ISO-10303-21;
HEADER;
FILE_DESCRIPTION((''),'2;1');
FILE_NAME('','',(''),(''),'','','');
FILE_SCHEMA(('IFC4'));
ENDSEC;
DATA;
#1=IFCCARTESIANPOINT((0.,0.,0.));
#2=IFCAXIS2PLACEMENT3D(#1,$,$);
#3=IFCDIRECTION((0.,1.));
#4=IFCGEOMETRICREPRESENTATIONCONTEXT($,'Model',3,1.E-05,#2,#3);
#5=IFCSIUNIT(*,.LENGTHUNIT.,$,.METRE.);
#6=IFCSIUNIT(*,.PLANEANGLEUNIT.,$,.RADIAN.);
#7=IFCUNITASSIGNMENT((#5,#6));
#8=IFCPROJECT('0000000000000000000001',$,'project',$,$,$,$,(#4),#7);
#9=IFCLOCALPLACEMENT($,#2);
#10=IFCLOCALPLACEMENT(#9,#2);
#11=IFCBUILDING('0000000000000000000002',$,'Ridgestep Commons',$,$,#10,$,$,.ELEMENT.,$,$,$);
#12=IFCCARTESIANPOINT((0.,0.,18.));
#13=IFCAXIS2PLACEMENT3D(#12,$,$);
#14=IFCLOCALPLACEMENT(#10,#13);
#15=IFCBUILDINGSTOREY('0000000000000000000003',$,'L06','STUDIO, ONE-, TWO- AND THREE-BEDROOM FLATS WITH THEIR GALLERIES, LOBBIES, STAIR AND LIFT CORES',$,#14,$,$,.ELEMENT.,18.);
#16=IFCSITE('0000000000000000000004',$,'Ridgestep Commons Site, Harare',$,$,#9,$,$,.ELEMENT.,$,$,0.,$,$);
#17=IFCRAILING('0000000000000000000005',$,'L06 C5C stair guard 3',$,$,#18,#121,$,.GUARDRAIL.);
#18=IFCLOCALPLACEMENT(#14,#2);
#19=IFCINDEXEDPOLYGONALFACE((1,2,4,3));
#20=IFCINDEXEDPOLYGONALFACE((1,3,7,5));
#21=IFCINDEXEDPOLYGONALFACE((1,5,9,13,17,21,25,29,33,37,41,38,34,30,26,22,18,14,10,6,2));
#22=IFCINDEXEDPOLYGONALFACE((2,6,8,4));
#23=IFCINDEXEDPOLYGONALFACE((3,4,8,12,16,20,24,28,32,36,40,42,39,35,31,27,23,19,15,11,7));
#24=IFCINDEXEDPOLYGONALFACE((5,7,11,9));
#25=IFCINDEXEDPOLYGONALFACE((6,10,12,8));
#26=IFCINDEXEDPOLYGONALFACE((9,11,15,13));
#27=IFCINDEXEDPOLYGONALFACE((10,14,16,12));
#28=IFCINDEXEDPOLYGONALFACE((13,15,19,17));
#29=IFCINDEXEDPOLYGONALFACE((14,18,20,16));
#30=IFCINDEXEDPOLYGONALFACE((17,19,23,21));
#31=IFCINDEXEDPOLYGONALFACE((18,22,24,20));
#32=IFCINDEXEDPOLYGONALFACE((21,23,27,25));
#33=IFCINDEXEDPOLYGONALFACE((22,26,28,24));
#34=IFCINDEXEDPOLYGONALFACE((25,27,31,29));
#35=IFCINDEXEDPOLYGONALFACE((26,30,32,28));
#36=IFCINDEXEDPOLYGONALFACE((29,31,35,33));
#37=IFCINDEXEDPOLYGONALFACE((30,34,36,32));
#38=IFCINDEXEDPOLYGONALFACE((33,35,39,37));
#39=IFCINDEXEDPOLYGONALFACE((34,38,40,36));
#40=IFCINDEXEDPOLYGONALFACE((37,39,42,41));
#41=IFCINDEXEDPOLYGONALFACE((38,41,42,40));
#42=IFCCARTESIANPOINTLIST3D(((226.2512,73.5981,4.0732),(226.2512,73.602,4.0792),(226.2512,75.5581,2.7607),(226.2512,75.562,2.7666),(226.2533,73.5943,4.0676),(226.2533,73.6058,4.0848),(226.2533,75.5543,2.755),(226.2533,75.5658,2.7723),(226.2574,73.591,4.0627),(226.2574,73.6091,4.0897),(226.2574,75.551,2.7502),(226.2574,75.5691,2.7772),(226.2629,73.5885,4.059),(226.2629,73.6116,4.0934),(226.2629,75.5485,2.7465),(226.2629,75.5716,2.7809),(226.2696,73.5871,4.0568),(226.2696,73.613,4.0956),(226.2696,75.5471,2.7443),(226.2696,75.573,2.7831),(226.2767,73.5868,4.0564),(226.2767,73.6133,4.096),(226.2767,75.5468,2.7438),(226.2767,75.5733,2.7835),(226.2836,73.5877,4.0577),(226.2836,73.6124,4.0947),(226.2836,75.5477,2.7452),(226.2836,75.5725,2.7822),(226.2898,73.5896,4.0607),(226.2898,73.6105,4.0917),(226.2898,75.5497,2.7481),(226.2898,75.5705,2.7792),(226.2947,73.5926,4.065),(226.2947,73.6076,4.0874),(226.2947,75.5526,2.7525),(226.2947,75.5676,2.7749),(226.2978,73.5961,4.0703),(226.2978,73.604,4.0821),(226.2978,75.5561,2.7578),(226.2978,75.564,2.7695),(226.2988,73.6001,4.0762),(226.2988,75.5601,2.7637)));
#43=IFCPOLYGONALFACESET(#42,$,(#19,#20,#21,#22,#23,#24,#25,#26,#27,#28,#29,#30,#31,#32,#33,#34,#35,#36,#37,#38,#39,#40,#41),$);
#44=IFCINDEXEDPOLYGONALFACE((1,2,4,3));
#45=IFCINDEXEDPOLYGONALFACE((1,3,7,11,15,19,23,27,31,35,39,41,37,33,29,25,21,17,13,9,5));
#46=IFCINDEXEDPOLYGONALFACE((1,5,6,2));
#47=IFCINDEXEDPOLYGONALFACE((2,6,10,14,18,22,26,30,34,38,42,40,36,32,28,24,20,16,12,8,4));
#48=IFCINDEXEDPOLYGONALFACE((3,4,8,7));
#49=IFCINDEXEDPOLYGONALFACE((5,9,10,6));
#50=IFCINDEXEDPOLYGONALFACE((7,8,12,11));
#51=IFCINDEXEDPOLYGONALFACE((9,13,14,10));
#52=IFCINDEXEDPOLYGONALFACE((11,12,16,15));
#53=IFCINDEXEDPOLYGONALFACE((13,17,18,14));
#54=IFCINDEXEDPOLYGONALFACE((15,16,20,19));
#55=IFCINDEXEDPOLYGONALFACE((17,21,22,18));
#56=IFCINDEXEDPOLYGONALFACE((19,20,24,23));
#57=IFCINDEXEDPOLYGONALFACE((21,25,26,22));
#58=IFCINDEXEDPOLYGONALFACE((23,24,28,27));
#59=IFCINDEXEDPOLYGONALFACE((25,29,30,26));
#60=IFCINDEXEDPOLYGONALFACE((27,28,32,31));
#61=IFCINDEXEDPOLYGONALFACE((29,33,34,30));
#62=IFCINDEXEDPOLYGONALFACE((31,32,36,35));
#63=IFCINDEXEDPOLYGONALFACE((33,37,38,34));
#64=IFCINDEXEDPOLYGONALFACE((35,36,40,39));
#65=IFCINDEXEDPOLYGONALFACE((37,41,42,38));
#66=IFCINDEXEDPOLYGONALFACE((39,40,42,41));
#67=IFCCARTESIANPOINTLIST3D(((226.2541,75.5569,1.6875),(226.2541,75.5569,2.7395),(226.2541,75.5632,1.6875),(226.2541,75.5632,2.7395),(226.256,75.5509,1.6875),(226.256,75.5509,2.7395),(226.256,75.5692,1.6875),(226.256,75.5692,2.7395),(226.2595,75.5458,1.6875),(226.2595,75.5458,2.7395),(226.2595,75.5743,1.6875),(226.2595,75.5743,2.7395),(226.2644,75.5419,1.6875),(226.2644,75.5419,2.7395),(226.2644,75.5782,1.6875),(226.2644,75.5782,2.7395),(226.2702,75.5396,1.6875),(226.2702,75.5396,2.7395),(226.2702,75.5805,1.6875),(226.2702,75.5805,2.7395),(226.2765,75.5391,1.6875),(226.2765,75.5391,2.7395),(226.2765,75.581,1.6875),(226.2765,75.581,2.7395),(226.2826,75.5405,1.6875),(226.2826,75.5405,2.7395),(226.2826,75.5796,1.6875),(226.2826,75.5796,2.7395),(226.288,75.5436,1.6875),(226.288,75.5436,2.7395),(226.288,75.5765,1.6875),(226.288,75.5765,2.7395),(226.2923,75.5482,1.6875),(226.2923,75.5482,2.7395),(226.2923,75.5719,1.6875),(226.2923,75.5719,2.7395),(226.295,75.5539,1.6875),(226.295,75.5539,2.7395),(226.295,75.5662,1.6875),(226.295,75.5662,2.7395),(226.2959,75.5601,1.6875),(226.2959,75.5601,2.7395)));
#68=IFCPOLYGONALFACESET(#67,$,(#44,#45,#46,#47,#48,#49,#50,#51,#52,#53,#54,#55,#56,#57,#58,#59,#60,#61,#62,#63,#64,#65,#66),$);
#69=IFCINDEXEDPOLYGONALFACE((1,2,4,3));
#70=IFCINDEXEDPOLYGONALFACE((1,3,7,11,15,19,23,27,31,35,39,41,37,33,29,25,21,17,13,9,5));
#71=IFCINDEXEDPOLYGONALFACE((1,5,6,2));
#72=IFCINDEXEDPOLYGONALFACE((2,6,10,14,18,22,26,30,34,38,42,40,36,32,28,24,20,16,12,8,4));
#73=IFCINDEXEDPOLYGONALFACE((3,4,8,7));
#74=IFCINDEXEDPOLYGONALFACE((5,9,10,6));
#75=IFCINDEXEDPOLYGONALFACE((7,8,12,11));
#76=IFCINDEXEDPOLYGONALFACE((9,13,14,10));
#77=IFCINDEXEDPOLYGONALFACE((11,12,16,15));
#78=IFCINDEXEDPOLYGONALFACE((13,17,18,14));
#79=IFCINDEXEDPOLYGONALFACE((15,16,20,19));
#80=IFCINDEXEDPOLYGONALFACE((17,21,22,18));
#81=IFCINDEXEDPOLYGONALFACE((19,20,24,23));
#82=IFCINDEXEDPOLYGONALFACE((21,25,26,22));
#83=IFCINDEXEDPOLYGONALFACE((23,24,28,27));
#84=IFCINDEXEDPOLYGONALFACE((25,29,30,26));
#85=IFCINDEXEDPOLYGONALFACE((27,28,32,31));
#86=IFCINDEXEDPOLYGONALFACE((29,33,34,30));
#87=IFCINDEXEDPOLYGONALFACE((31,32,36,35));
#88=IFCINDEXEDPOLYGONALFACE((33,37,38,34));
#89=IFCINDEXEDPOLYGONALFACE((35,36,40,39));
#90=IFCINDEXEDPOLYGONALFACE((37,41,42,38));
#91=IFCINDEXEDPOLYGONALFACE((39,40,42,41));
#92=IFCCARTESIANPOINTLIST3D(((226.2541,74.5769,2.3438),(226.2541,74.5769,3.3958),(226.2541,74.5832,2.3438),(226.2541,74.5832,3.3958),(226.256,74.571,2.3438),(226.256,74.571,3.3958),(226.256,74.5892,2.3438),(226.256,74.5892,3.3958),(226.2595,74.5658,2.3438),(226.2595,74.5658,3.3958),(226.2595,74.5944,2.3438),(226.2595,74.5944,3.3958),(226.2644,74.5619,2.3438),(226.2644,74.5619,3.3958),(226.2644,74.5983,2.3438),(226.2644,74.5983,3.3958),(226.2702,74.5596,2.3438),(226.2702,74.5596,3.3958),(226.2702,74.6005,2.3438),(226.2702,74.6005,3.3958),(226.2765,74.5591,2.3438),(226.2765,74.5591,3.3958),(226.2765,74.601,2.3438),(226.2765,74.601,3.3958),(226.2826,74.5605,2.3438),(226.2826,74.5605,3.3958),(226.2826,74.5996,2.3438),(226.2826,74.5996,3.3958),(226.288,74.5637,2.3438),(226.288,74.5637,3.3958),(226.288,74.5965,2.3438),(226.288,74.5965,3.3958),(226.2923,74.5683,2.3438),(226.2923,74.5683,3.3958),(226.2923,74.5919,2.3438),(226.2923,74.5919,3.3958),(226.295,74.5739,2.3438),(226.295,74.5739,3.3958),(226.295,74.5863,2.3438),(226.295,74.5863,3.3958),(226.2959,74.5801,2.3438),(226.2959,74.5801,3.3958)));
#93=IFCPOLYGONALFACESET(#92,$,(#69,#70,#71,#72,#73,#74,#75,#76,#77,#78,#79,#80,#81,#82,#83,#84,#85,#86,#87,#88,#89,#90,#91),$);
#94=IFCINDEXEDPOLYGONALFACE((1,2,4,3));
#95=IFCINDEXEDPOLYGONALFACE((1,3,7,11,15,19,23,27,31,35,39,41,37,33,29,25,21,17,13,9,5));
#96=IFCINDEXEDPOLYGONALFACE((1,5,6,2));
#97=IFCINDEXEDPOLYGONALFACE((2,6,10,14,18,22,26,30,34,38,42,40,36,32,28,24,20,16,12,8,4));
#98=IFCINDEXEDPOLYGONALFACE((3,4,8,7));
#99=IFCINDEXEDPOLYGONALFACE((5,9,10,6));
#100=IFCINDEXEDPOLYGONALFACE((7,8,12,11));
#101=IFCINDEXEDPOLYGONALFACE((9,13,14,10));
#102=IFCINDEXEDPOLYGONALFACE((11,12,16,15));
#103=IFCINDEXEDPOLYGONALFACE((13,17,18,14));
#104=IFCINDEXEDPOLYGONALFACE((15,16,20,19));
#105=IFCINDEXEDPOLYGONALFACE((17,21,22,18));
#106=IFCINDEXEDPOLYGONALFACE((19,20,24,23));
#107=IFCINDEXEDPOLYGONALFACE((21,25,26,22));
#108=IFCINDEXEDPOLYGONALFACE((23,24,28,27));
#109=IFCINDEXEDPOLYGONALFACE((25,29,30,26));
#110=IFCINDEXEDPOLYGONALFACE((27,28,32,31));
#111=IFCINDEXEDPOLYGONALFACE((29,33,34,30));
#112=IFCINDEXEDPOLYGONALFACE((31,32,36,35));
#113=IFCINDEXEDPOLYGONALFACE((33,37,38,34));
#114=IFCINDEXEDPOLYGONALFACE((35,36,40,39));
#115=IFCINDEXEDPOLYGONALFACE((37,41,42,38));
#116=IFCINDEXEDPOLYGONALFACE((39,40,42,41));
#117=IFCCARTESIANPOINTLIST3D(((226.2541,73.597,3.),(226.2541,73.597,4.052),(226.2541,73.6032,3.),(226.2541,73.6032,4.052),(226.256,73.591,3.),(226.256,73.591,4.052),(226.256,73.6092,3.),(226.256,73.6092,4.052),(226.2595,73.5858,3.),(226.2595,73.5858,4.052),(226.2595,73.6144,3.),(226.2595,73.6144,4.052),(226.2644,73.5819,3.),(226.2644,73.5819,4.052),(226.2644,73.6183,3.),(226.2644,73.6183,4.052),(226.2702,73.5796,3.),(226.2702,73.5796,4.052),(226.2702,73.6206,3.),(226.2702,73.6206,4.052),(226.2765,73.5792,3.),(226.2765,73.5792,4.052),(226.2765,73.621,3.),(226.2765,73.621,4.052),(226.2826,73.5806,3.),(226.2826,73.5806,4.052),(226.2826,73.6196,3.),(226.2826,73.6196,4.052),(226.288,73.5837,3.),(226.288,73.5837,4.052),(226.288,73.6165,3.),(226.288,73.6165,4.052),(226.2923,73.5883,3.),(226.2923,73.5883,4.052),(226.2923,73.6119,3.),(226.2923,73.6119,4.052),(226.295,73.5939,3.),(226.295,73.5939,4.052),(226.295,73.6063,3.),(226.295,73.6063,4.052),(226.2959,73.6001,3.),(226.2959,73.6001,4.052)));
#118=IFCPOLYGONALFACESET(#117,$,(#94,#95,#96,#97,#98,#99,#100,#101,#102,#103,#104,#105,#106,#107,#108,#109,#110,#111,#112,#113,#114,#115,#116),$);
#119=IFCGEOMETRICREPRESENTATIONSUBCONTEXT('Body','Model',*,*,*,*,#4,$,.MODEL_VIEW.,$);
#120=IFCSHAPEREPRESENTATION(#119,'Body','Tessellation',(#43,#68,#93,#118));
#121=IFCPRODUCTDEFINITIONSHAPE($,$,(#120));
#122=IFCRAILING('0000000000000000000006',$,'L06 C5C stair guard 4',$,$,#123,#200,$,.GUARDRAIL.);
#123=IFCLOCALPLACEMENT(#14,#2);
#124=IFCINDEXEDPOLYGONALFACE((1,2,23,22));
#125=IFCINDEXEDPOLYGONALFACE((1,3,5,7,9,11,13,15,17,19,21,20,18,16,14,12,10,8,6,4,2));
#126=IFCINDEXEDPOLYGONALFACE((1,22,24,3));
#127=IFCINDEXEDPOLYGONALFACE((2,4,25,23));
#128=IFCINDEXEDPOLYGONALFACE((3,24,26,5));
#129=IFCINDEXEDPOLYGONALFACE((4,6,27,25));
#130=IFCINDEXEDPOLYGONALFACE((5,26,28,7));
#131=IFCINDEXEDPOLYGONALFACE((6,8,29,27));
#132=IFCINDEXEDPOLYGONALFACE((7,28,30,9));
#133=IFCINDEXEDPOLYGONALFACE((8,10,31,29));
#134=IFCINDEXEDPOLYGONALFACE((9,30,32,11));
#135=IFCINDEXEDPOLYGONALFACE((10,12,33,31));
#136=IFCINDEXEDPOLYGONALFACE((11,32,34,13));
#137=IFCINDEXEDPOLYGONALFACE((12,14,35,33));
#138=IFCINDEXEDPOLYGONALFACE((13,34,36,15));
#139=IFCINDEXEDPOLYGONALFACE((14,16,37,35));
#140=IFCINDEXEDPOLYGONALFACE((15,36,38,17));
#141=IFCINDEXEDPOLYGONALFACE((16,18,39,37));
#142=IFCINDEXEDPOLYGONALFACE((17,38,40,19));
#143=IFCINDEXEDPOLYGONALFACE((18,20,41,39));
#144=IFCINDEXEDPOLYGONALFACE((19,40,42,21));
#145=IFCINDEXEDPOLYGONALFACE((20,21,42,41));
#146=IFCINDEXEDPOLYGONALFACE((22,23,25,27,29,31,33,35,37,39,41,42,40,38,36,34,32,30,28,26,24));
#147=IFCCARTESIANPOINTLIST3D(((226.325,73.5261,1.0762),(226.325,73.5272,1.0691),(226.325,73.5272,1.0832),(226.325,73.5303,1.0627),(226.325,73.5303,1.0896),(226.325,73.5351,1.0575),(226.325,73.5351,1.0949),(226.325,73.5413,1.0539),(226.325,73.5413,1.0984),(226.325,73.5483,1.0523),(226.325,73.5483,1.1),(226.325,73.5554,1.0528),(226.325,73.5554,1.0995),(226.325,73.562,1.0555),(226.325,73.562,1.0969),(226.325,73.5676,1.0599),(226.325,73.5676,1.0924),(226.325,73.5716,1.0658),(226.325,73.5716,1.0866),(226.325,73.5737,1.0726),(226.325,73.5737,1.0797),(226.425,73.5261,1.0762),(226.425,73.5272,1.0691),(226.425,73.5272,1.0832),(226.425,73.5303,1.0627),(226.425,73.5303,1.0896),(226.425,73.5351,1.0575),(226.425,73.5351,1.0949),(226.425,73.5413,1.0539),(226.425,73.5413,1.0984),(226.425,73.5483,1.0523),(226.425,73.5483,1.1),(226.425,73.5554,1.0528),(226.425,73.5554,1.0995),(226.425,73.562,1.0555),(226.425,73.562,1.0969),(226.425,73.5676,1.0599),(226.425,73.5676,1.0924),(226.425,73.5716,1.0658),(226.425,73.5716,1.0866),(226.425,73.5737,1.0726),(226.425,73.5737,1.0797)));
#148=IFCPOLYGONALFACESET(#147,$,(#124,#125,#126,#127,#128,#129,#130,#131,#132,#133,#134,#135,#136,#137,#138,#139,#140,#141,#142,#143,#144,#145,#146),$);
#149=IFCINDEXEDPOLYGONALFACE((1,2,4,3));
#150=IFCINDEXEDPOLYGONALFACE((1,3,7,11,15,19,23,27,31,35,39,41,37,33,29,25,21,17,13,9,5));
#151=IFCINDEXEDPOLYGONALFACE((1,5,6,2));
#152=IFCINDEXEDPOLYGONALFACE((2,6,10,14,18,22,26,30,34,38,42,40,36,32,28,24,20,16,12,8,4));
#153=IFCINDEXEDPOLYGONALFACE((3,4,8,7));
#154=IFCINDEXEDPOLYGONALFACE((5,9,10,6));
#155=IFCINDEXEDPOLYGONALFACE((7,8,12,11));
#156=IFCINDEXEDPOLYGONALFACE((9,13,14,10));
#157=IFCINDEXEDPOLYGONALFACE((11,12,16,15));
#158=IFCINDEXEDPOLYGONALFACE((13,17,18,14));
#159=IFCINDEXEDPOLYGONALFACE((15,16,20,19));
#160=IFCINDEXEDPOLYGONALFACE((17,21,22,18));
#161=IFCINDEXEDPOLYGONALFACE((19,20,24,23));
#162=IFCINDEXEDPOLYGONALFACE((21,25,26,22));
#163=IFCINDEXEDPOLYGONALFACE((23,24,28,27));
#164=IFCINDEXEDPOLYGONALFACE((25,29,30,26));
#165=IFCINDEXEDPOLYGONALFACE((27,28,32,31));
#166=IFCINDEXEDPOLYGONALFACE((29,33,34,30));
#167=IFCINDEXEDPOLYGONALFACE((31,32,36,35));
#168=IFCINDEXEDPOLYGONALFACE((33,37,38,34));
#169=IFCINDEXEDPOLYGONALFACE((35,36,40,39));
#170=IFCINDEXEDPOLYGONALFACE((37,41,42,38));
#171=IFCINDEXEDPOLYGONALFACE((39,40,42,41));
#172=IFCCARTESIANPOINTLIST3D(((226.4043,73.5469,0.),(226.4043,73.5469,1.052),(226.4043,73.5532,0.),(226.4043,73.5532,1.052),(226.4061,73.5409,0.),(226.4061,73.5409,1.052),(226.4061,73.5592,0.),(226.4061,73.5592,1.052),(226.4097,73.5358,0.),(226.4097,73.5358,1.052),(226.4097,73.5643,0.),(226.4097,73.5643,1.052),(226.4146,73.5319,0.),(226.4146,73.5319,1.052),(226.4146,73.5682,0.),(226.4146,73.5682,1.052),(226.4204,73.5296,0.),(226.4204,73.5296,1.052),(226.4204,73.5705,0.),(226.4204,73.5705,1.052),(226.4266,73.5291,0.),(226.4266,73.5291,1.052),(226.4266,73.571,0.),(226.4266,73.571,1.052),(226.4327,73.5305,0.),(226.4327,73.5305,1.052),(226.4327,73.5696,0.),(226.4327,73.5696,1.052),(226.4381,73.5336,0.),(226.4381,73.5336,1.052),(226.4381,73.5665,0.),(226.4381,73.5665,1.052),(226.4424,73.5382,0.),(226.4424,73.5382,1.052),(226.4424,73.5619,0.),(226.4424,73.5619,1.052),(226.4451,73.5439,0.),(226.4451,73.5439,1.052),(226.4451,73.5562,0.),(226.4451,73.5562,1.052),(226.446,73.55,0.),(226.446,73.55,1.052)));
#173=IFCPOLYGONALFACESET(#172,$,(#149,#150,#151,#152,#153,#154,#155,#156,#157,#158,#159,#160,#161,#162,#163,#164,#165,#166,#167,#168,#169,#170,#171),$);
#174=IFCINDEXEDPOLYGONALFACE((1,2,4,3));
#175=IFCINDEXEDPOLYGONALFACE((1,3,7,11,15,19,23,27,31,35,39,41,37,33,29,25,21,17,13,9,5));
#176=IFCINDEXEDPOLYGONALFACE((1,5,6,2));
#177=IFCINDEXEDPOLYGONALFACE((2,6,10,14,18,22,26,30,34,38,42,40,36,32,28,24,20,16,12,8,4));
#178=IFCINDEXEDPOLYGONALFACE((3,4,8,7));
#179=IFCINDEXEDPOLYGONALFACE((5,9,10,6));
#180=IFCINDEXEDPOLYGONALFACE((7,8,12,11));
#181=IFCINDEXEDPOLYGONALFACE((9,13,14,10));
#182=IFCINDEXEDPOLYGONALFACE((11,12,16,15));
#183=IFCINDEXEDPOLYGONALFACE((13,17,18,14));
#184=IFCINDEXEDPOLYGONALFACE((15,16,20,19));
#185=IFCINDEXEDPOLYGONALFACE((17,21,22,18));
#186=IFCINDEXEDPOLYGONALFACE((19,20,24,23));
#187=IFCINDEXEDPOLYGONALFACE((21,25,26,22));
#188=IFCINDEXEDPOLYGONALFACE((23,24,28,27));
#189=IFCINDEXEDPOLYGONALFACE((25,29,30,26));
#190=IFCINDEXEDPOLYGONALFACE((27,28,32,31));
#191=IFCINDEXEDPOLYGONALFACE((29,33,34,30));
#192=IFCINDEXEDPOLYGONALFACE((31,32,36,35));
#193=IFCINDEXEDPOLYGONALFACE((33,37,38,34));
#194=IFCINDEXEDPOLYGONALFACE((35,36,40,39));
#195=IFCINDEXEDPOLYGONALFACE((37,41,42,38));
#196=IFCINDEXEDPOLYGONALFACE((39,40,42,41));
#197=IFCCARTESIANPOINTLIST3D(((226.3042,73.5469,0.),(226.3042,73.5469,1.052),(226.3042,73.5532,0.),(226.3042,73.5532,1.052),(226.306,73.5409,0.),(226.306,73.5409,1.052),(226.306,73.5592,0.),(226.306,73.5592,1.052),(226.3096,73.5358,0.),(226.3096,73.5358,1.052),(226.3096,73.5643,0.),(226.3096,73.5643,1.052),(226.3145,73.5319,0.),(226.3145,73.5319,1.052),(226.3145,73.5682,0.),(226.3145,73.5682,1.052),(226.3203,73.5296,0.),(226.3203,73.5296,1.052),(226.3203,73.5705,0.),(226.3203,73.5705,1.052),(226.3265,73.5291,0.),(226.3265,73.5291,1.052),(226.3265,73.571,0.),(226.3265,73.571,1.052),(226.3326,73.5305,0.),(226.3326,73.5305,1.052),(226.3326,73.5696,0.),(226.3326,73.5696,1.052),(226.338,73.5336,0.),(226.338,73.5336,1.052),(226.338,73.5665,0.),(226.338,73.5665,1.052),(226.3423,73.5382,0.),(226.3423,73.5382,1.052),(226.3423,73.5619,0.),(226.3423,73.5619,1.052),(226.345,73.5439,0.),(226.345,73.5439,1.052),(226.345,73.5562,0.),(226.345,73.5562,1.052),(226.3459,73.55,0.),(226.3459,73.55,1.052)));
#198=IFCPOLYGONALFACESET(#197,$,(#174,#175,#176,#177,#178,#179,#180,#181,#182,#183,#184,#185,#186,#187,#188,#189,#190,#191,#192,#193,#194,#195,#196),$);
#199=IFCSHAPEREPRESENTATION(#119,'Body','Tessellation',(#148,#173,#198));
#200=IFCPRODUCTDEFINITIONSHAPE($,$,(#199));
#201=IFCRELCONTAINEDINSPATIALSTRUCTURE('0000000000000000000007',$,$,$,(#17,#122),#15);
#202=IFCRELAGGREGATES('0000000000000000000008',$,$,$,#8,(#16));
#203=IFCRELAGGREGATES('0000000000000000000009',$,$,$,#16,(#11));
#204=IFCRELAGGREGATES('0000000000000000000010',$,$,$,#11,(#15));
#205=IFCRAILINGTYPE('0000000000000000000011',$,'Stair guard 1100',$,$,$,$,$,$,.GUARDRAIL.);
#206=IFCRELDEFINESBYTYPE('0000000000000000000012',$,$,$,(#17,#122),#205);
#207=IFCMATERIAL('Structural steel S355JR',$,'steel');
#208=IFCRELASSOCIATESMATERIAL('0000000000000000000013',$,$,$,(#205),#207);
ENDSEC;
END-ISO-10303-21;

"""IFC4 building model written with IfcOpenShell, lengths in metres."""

from ifc_helpers import new_model, si_unit, direction, frame, origin, origin_2d, place, context, subcontext, project, spatial, circle, extrude, material, type_object, element, save


model = new_model("IFC4")

# Units and contexts
model_context = context("Model", 3, precision=1e-05, world=origin(), true_north=direction((0.0, 1.0)))
body_context = subcontext(model_context, "Body", "Model", "MODEL_VIEW")
ifc_project = project(units=[si_unit("LENGTHUNIT", "METRE"), si_unit("PLANEANGLEUNIT", "RADIAN")], contexts=[model_context])

# Site, building, storey
site_placement = place(None, origin())
site = spatial("IfcSite", under=ifc_project, at=site_placement, Name="Ridgestep Commons Site, Harare", CompositionType="ELEMENT", RefElevation=0.0)
building_placement = place(site_placement, origin())
building = spatial("IfcBuilding", under=site, at=building_placement, Name="Ridgestep Commons", CompositionType="ELEMENT")
storey_placement = place(building_placement, frame((0.0, 0.0, 18.0)))
storey = spatial("IfcBuildingStorey", under=building, at=storey_placement, Name="L06", Description="STUDIO, ONE-, TWO- AND THREE-BEDROOM FLATS WITH THEIR GALLERIES, LOBBIES, STAIR AND LIFT CORES", CompositionType="ELEMENT", Elevation=18.0)

# Railings
ifc_material_1 = material(Name="Structural steel S355JR", Category="steel")
railing_type_1 = type_object("IfcRailingType", Name="Stair guard 1100", PredefinedType="GUARDRAIL", material=ifc_material_1)
railing_1_placement = place(storey_placement, frame((226.2749, 75.5601, 1.6875)))
element("IfcRailing", 1, at=railing_1_placement, inside=storey, type_object=railing_type_1, Name="L06 C5C stair guard 3", PredefinedType="GUARDRAIL", context=body_context, shape_type="SweptSolid", body=[
    extrude(circle(Radius=0.0239, at=origin_2d()), frame((0.0, 0.0, 1.0762), z_axis=(0.0, -0.830902, 0.556419), x_axis=(1.0, 0.0, 0.0)), (0.0, 0.0, 1.0), 2.3589),
    extrude(circle(Radius=0.021, at=origin_2d()), origin(), (0.0, 0.0, 1.0), 1.052),
    extrude(circle(Radius=0.021, at=origin_2d()), frame((0.0, -0.98, 0.6562)), (0.0, 0.0, 1.0), 1.052),
    extrude(circle(Radius=0.021, at=origin_2d()), frame((0.0, -1.96, 1.3125)), (0.0, 0.0, 1.0), 1.052),
])
railing_2_placement = place(storey_placement, frame((226.425, 73.55, 0.0)))
element("IfcRailing", 2, at=railing_2_placement, inside=storey, type_object=railing_type_1, Name="L06 C5C stair guard 4", PredefinedType="GUARDRAIL", context=body_context, shape_type="SweptSolid", body=[
    extrude(circle(Radius=0.0239, at=origin_2d()), frame((0.0, 0.0, 1.0762), z_axis=(-1.0, 0.0, 0.0), x_axis=(0.0, -1.0, 0.0)), (0.0, 0.0, 1.0), 0.1001),
    extrude(circle(Radius=0.021, at=origin_2d()), origin(), (0.0, 0.0, 1.0), 1.052),
    extrude(circle(Radius=0.021, at=origin_2d()), frame((-0.1001, 0.0, 0.0)), (0.0, 0.0, 1.0), 1.052),
])

save(model, "model.ifc")
